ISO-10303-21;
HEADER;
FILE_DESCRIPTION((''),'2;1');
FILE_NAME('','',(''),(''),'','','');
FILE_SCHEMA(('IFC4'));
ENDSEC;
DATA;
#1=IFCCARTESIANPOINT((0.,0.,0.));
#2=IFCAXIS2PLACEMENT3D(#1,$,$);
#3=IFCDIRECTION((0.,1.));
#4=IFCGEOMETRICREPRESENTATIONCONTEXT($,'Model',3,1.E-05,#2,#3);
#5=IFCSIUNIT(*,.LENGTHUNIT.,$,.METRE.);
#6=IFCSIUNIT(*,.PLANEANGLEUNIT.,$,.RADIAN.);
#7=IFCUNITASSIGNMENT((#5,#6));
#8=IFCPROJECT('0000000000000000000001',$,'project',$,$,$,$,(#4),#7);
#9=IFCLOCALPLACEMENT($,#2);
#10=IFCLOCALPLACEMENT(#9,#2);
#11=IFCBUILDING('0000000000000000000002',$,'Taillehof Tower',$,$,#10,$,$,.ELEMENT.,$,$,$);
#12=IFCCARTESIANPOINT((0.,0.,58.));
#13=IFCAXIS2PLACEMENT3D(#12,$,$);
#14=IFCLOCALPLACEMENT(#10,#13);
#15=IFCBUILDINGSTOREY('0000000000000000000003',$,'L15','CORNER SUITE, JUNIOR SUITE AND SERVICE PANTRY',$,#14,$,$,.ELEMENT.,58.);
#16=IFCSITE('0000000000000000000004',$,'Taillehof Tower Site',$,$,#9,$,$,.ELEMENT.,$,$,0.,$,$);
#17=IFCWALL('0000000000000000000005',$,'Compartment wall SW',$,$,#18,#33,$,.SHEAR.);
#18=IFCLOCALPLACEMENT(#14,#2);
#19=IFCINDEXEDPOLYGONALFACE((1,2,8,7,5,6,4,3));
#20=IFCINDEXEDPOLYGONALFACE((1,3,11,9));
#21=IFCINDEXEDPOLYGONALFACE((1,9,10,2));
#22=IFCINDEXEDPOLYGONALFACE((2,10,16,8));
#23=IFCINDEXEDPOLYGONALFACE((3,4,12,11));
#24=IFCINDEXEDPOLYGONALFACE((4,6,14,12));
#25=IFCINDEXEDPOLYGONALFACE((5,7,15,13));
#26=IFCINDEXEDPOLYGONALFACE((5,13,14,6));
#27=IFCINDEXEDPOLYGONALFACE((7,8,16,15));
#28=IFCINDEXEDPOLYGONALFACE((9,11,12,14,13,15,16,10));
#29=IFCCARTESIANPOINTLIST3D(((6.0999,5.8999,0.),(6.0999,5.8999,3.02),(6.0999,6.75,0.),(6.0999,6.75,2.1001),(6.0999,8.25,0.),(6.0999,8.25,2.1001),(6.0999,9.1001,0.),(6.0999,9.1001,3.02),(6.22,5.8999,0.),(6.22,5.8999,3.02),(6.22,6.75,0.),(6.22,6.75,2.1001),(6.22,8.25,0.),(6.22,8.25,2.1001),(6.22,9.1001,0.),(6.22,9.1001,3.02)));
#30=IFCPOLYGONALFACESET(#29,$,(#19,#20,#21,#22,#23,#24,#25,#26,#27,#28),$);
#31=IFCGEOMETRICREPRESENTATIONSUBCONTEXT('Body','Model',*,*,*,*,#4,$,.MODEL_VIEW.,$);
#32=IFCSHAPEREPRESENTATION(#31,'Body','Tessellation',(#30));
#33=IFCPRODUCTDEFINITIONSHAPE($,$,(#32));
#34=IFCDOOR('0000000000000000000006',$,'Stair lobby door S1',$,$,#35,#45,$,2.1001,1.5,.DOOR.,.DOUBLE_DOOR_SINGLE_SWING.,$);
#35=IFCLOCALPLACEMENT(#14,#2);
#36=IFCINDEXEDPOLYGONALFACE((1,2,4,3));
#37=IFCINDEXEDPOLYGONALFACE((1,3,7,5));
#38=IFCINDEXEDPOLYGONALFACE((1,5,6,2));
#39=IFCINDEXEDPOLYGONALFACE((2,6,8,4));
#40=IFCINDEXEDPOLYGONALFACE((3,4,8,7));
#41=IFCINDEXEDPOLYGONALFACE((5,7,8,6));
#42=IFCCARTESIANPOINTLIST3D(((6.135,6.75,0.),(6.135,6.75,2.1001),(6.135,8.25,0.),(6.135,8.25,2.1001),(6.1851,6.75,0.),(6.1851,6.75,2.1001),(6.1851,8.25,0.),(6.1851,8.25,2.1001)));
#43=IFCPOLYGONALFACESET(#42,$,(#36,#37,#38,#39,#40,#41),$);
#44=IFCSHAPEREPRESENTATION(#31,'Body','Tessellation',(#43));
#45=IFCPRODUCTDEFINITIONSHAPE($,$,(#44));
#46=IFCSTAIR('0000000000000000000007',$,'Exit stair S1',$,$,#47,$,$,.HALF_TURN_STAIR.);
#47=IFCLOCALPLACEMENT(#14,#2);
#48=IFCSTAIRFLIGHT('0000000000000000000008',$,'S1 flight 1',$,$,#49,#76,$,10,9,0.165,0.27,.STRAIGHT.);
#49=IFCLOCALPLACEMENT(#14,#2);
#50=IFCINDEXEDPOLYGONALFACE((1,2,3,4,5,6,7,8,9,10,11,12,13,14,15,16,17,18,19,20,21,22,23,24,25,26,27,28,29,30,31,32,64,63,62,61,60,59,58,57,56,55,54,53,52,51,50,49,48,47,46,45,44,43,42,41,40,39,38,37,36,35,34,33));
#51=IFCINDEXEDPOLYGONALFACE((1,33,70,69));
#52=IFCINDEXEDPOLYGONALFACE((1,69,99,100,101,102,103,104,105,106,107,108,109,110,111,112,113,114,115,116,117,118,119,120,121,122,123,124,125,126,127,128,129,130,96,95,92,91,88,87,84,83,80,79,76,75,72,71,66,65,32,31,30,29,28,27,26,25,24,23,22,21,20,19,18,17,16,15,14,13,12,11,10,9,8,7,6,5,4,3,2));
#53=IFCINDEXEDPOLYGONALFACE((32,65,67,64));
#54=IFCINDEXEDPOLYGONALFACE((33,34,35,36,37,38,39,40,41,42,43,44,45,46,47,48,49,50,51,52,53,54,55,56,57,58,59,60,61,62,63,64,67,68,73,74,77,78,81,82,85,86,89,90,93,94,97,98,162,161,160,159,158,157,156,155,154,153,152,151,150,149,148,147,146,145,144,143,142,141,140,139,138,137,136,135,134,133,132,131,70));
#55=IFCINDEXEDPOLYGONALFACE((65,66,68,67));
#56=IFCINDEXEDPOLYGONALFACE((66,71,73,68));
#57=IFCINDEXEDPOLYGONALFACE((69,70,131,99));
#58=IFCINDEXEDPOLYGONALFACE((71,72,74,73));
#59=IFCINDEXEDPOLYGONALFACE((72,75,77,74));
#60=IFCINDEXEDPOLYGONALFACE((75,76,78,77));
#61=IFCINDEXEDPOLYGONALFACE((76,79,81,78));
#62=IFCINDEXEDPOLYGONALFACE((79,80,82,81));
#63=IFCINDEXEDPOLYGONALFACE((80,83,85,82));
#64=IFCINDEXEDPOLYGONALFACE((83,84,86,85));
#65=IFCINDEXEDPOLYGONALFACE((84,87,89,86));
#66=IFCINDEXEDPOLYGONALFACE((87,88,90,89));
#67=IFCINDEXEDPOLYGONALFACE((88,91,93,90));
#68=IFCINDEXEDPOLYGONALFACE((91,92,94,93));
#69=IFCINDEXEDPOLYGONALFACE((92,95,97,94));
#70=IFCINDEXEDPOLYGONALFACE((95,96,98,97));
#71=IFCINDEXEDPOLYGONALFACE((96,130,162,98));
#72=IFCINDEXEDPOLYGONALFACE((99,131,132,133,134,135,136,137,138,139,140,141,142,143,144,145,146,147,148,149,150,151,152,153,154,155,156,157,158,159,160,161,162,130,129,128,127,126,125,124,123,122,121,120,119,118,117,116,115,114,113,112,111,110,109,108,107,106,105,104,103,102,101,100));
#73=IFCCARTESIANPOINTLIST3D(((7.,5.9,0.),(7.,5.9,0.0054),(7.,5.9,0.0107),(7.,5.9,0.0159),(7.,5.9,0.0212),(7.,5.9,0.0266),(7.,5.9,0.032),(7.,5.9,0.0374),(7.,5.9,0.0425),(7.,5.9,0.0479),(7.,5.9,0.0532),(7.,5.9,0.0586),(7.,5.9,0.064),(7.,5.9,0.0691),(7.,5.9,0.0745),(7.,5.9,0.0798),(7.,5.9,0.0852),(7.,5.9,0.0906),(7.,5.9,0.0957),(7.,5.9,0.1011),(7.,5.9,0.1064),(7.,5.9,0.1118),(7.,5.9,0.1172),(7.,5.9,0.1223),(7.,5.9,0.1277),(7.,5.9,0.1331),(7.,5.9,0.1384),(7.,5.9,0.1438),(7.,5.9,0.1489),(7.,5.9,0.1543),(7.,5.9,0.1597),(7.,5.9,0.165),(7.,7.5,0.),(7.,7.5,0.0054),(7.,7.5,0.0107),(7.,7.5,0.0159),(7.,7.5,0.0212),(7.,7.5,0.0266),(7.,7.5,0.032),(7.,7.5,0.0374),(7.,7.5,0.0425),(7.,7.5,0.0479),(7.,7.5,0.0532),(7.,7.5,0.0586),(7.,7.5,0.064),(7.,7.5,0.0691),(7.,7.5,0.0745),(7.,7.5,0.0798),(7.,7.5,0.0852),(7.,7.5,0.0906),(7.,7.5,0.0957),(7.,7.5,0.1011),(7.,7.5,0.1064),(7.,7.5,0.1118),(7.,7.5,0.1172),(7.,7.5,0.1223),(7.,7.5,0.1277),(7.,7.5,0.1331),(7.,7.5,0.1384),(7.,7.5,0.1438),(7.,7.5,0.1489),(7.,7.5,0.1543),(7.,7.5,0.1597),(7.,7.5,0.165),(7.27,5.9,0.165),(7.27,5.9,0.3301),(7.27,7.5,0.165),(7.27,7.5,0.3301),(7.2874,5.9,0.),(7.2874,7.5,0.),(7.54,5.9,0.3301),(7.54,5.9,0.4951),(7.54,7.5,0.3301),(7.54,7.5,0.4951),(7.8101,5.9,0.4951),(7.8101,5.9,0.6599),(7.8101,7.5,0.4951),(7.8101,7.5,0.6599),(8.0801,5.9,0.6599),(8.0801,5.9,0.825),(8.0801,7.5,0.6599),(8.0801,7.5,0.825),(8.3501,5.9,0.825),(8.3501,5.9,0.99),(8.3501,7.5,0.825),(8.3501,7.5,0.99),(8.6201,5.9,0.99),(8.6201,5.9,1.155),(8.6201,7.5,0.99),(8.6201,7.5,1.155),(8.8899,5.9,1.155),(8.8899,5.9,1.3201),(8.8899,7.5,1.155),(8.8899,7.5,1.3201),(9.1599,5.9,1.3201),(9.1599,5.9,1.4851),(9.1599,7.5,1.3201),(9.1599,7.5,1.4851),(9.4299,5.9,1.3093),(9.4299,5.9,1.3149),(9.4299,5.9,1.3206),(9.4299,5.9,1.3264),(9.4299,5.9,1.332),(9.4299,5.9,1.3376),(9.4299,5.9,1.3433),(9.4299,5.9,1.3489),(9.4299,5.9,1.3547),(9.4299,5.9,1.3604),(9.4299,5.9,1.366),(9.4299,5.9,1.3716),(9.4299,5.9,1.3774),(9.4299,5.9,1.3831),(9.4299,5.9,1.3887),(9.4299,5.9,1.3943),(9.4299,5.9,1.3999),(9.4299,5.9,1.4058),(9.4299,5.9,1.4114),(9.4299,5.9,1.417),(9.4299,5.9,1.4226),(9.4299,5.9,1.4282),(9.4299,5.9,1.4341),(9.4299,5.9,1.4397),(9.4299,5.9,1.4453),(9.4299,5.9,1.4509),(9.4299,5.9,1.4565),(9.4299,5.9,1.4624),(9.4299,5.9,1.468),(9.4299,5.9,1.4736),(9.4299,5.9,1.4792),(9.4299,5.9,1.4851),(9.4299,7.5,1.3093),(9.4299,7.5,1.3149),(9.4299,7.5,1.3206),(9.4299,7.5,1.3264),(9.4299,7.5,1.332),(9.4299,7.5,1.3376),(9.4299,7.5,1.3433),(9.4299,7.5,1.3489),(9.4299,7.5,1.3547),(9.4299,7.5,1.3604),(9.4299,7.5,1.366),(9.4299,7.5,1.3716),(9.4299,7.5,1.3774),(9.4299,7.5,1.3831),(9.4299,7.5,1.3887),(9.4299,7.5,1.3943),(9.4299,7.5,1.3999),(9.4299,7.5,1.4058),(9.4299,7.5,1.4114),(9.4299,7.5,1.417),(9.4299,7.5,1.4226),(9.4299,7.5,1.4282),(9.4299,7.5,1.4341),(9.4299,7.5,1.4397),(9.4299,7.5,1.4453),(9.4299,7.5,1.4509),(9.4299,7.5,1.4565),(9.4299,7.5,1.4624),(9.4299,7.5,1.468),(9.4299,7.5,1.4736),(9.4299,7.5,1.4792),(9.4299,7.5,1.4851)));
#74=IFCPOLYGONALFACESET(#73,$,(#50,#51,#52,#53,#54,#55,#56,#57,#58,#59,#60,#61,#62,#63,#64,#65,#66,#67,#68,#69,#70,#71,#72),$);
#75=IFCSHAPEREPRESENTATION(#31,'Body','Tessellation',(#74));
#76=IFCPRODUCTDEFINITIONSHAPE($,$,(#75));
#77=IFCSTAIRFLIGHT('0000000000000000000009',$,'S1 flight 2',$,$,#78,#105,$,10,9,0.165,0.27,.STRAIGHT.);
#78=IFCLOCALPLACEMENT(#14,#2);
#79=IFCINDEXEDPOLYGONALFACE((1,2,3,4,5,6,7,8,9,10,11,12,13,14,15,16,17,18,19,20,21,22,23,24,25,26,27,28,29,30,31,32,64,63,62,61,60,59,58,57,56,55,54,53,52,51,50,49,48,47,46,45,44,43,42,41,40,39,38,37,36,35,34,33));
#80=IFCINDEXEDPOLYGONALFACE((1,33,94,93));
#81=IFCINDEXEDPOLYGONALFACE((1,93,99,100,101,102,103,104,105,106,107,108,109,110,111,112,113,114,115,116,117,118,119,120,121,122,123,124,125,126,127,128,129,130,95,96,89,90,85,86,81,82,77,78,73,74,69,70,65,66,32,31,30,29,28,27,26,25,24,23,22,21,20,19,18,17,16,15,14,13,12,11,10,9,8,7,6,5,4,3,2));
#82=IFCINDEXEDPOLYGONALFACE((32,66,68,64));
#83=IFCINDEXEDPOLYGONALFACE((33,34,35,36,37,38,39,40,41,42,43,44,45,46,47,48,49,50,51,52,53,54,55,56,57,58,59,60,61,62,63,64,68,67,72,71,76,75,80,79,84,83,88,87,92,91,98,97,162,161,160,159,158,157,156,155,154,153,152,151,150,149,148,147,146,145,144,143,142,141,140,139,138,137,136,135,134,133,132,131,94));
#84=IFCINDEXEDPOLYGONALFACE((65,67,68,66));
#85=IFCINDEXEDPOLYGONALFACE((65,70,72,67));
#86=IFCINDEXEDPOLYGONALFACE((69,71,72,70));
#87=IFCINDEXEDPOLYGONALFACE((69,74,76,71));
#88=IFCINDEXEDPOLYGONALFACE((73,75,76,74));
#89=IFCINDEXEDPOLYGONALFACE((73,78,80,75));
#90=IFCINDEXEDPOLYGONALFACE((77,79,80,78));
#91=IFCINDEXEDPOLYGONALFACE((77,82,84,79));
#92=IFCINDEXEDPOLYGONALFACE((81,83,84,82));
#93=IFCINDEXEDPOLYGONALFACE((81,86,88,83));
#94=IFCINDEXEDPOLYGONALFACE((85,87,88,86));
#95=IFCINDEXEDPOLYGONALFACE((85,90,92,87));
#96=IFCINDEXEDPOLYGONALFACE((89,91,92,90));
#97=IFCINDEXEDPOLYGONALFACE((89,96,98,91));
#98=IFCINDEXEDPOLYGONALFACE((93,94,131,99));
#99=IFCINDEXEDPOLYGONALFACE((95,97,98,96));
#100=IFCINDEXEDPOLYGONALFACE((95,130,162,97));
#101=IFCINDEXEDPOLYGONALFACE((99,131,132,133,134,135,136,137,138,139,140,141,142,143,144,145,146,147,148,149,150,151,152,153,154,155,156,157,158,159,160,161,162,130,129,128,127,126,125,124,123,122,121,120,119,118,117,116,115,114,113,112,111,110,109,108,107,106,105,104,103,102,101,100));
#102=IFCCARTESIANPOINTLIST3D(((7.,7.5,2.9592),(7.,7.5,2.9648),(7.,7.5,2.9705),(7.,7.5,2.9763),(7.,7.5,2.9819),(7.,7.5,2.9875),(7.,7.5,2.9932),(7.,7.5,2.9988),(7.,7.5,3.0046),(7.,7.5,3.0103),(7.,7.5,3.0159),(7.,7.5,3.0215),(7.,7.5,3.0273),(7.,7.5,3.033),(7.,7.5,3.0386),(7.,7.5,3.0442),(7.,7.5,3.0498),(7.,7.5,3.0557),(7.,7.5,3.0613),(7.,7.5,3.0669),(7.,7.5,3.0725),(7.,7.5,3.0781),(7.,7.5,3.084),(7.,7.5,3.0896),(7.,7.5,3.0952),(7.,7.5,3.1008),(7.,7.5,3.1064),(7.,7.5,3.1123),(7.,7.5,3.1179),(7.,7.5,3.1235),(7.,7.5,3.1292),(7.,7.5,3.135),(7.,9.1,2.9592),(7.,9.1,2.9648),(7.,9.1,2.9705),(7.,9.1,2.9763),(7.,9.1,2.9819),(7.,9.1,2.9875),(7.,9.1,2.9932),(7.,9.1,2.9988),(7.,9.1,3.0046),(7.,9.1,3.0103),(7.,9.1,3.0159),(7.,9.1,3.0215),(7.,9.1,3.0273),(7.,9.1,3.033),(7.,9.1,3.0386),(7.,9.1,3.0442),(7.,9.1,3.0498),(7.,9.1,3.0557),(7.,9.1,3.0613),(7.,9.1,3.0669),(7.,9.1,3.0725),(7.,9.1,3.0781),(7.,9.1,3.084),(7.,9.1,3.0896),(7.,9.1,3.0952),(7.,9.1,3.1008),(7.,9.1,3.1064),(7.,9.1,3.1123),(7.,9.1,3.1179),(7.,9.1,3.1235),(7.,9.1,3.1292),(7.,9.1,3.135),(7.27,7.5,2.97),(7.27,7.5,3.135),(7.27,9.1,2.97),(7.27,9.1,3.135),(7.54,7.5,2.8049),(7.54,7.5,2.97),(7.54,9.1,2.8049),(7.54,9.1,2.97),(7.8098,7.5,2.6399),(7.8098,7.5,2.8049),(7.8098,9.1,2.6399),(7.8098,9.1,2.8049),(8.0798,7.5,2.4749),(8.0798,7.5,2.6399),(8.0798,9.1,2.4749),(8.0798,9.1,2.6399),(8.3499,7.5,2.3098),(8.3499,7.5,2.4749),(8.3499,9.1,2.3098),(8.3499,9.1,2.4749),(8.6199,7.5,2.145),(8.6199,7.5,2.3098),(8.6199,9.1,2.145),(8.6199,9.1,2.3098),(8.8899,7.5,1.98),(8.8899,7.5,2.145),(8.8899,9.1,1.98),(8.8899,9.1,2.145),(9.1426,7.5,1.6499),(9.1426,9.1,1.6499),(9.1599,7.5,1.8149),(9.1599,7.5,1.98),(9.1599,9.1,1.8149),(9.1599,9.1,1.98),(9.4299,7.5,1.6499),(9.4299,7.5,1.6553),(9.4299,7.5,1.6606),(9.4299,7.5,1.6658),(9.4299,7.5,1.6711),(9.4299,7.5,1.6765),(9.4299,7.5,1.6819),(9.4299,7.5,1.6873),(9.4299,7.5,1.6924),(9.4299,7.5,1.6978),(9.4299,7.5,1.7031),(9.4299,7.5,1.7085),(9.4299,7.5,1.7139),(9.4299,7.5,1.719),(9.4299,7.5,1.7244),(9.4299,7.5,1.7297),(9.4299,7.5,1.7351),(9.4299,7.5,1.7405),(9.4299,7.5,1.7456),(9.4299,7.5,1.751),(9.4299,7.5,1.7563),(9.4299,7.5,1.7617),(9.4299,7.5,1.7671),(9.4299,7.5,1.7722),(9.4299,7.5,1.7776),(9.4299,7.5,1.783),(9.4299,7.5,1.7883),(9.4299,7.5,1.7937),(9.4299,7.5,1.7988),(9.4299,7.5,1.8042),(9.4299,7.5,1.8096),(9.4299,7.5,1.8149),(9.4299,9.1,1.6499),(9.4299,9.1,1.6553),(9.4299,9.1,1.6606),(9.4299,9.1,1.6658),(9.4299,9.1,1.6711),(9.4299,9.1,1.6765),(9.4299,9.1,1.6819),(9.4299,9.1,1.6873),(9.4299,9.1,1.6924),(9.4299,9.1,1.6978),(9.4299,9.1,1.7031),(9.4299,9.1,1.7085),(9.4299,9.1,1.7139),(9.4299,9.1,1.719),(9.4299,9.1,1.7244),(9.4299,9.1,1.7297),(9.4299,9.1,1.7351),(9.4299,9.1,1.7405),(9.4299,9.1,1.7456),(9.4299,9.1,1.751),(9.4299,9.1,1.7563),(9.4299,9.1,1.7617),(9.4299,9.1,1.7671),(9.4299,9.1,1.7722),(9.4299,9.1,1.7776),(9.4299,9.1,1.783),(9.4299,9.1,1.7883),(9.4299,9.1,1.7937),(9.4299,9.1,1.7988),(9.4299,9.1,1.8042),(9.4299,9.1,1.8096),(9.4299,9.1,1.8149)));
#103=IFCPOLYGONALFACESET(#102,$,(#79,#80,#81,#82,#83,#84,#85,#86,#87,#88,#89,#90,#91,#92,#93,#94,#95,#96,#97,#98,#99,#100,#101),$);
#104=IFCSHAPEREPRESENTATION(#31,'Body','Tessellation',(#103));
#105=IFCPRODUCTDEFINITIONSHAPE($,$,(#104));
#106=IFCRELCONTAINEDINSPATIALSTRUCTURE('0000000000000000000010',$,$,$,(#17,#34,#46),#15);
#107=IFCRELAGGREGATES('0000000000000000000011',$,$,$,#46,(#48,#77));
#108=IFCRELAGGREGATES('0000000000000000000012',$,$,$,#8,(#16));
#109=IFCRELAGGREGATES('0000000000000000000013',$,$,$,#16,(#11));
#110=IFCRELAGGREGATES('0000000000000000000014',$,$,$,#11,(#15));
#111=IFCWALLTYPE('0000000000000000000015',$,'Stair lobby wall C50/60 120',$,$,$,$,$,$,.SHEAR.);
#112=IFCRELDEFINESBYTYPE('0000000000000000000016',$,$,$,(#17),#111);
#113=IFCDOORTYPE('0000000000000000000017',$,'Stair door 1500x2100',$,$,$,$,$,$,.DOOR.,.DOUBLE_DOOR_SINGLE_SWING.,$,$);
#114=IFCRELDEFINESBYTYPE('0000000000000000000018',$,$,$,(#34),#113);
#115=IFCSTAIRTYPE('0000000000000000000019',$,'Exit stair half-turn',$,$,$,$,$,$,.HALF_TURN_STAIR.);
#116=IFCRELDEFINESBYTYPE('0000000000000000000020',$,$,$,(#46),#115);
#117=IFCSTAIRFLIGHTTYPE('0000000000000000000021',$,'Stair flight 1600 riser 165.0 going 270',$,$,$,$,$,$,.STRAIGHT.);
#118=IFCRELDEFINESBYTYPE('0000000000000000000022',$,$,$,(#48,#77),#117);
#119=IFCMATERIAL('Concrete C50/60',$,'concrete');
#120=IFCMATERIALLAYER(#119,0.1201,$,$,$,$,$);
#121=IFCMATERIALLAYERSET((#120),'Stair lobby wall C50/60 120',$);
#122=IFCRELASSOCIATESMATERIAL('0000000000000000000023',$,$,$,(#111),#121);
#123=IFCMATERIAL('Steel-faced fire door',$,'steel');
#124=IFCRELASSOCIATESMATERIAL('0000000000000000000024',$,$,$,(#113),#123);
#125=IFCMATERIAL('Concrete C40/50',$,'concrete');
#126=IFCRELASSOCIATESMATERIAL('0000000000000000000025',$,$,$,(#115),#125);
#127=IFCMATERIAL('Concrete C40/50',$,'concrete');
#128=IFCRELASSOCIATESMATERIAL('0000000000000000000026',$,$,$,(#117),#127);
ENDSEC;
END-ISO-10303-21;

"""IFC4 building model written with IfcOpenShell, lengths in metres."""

from ifc_helpers import new_model, si_unit, direction, frame, frame_2d, origin, place, context, subcontext, project, spatial, polyline, rectangle, outline, extrude, material, layer, layer_set, type_object, element, fill, aggregate, save


model = new_model("IFC4")

# Units and contexts
model_context = context("Model", 3, precision=1e-05, world=origin(), true_north=direction((0.0, 1.0)))
body_context = subcontext(model_context, "Body", "Model", "MODEL_VIEW")
ifc_project = project(units=[si_unit("LENGTHUNIT", "METRE"), si_unit("PLANEANGLEUNIT", "RADIAN")], contexts=[model_context])

# Site, building, storey
site_placement = place(None, origin())
site = spatial("IfcSite", under=ifc_project, at=site_placement, Name="Taillehof Tower Site", CompositionType="ELEMENT", RefElevation=0.0)
building_placement = place(site_placement, origin())
building = spatial("IfcBuilding", under=site, at=building_placement, Name="Taillehof Tower", CompositionType="ELEMENT")
storey_placement = place(building_placement, frame((0.0, 0.0, 58.0)))
storey = spatial("IfcBuildingStorey", under=building, at=storey_placement, Name="L15", Description="CORNER SUITE, JUNIOR SUITE AND SERVICE PANTRY", CompositionType="ELEMENT", Elevation=58.0)

# Wall, opening, door
ifc_material_1 = material(Name="Concrete C50/60", Category="concrete")
ifc_layer_1 = layer(ifc_material_1, 0.1201)
ifc_layer_set_1 = layer_set([ifc_layer_1], Name="Stair lobby wall C50/60 120")
wall_type_1 = type_object("IfcWallType", Name="Stair lobby wall C50/60 120", PredefinedType="SHEAR", material=ifc_layer_set_1)
wall_1_placement = place(storey_placement, frame((6.1599, 5.8999, 0.0), z_axis=(0.0, 0.0, 1.0), x_axis=(0.0, 1.0, 0.0)))
wall_1 = element("IfcWall", 1, at=wall_1_placement, inside=storey, type_object=wall_type_1, Name="Compartment wall SW", PredefinedType="SHEAR", context=body_context, shape_type="SweptSolid", body=[
    extrude(rectangle(XDim=3.2002, YDim=0.1201, at=frame_2d((1.6001, 0.0))), origin(), (0.0, 0.0, 1.0), 3.02),
])
opening_1_placement = place(wall_1_placement, frame((0.8501, 0.0, 0.0)))
opening_1 = element("IfcOpeningElement", 2, at=opening_1_placement, cuts=wall_1, PredefinedType="OPENING", context=body_context, shape_type="SweptSolid", body=[
    extrude(rectangle(XDim=1.5, YDim=2.1001, at=frame_2d((0.75, 1.05))), frame((0.0, 0.0701, 0.0), z_axis=(0.0, -1.0, 0.0), x_axis=(1.0, 0.0, 0.0)), (0.0, 0.0, 1.0), 0.1401),
])
ifc_material_2 = material(Name="Steel-faced fire door", Category="steel")
door_type_1 = type_object("IfcDoorType", Name="Stair door 1500x2100", OperationType="DOUBLE_DOOR_SINGLE_SWING", PredefinedType="DOOR", material=ifc_material_2)
door_1_placement = place(opening_1_placement, origin())
door_1 = element("IfcDoor", 3, at=door_1_placement, inside=storey, type_object=door_type_1, Name="Stair lobby door S1", OperationType="DOUBLE_DOOR_SINGLE_SWING", OverallHeight=2.1001, OverallWidth=1.5, PredefinedType="DOOR", context=body_context, shape_type="SweptSolid", body=[
    extrude(rectangle(XDim=1.5, YDim=2.1001, at=frame_2d((0.75, 1.05))), frame((0.0, 0.0249, 0.0), z_axis=(0.0, -1.0, 0.0), x_axis=(1.0, 0.0, 0.0)), (0.0, 0.0, 1.0), 0.05),
])
fill(opening_1, door_1)

# Stair, stair flights
ifc_material_3 = material(Name="Concrete C40/50", Category="concrete")
stair_type = type_object("IfcStairType", Name="Exit stair half-turn", PredefinedType="HALF_TURN_STAIR", material=ifc_material_3)
stair_placement = place(storey_placement, origin())
stair = element("IfcStair", 4, at=stair_placement, inside=storey, type_object=stair_type, Name="Exit stair S1", PredefinedType="HALF_TURN_STAIR")
ifc_material_4 = material(Name="Concrete C40/50", Category="concrete")
stair_flight_type = type_object("IfcStairFlightType", Name="Stair flight 1600 riser 165.0 going 270", PredefinedType="STRAIGHT", material=ifc_material_4)
stair_flight_1_placement = place(storey_placement, frame((7.0, 6.7, 0.0), z_axis=(0.0, 0.0, 1.0), x_axis=(1.0, 0.0, 0.0)))
stair_flight_1 = element("IfcStairFlight", 5, at=stair_flight_1_placement, type_object=stair_flight_type, Name="S1 flight 1", NumberOfRisers=10, NumberOfTreads=9, PredefinedType="STRAIGHT", RiserHeight=0.165, TreadLength=0.27, context=body_context, shape_type="SweptSolid", body=[
    extrude(outline(polyline([(0.0, 0.0), (0.0, 0.0054), (0.0, 0.0107), (0.0, 0.0159), (0.0, 0.0212), (0.0, 0.0266), (0.0, 0.032), (0.0, 0.0374), (0.0, 0.0425), (0.0, 0.0479), (0.0, 0.0532), (0.0, 0.0586), (0.0, 0.064), (0.0, 0.0691), (0.0, 0.0745), (0.0, 0.0798), (0.0, 0.0852), (0.0, 0.0906), (0.0, 0.0957), (0.0, 0.1011), (0.0, 0.1064), (0.0, 0.1118), (0.0, 0.1172), (0.0, 0.1223), (0.0, 0.1277), (0.0, 0.1331), (0.0, 0.1384), (0.0, 0.1438), (0.0, 0.1489), (0.0, 0.1543), (0.0, 0.1597), (0.0, 0.165), (0.27, 0.165), (0.27, 0.3301), (0.54, 0.3301), (0.54, 0.4951), (0.8101, 0.4951), (0.8101, 0.6599), (1.0801, 0.6599), (1.0801, 0.825), (1.3501, 0.825), (1.3501, 0.99), (1.6201, 0.99), (1.6201, 1.155), (1.8899, 1.155), (1.8899, 1.3201), (2.1599, 1.3201), (2.1599, 1.4851), (2.4299, 1.4851), (2.4299, 1.4792), (2.4299, 1.4736), (2.4299, 1.468), (2.4299, 1.4624), (2.4299, 1.4565), (2.4299, 1.4509), (2.4299, 1.4453), (2.4299, 1.4397), (2.4299, 1.4341), (2.4299, 1.4282), (2.4299, 1.4226), (2.4299, 1.417), (2.4299, 1.4114), (2.4299, 1.4058), (2.4299, 1.3999), (2.4299, 1.3943), (2.4299, 1.3887), (2.4299, 1.3831), (2.4299, 1.3774), (2.4299, 1.3716), (2.4299, 1.366), (2.4299, 1.3604), (2.4299, 1.3547), (2.4299, 1.3489), (2.4299, 1.3433), (2.4299, 1.3376), (2.4299, 1.332), (2.4299, 1.3264), (2.4299, 1.3206), (2.4299, 1.3149), (2.4299, 1.3093), (0.2874, 0.0), (0.0, 0.0)])), frame((0.0, 0.8, 0.0), z_axis=(0.0, -1.0, 0.0), x_axis=(1.0, 0.0, 0.0)), (0.0, 0.0, 1.0), 1.6),
])
stair_flight_2_placement = place(storey_placement, frame((9.4299, 8.3, 1.6499), z_axis=(0.0, 0.0, 1.0), x_axis=(-1.0, 0.0, 0.0)))
stair_flight_2 = element("IfcStairFlight", 6, at=stair_flight_2_placement, type_object=stair_flight_type, Name="S1 flight 2", NumberOfRisers=10, NumberOfTreads=9, PredefinedType="STRAIGHT", RiserHeight=0.165, TreadLength=0.27, context=body_context, shape_type="SweptSolid", body=[
    extrude(outline(polyline([(0.0, 0.0), (0.0, 0.0054), (0.0, 0.0107), (0.0, 0.0159), (0.0, 0.0212), (0.0, 0.0266), (0.0, 0.032), (0.0, 0.0374), (0.0, 0.0425), (0.0, 0.0479), (0.0, 0.0532), (0.0, 0.0586), (0.0, 0.064), (0.0, 0.0691), (0.0, 0.0745), (0.0, 0.0798), (0.0, 0.0852), (0.0, 0.0906), (0.0, 0.0957), (0.0, 0.1011), (0.0, 0.1064), (0.0, 0.1118), (0.0, 0.1172), (0.0, 0.1223), (0.0, 0.1277), (0.0, 0.1331), (0.0, 0.1384), (0.0, 0.1438), (0.0, 0.1489), (0.0, 0.1543), (0.0, 0.1597), (0.0, 0.165), (0.27, 0.165), (0.27, 0.3301), (0.54, 0.3301), (0.54, 0.4951), (0.8101, 0.4951), (0.8101, 0.6599), (1.0801, 0.6599), (1.0801, 0.825), (1.3501, 0.825), (1.3501, 0.99), (1.6201, 0.99), (1.6201, 1.155), (1.8899, 1.155), (1.8899, 1.3201), (2.1599, 1.3201), (2.1599, 1.4851), (2.4299, 1.4851), (2.4299, 1.4792), (2.4299, 1.4736), (2.4299, 1.468), (2.4299, 1.4624), (2.4299, 1.4565), (2.4299, 1.4509), (2.4299, 1.4453), (2.4299, 1.4397), (2.4299, 1.4341), (2.4299, 1.4282), (2.4299, 1.4226), (2.4299, 1.417), (2.4299, 1.4114), (2.4299, 1.4058), (2.4299, 1.3999), (2.4299, 1.3943), (2.4299, 1.3887), (2.4299, 1.3831), (2.4299, 1.3774), (2.4299, 1.3716), (2.4299, 1.366), (2.4299, 1.3604), (2.4299, 1.3547), (2.4299, 1.3489), (2.4299, 1.3433), (2.4299, 1.3376), (2.4299, 1.332), (2.4299, 1.3264), (2.4299, 1.3206), (2.4299, 1.3149), (2.4299, 1.3093), (0.2874, 0.0), (0.0, 0.0)])), frame((0.0, 0.8, 0.0), z_axis=(0.0, -1.0, 0.0), x_axis=(1.0, 0.0, 0.0)), (0.0, 0.0, 1.0), 1.6),
])
aggregate(stair, [stair_flight_1, stair_flight_2])

save(model, "model.ifc")
